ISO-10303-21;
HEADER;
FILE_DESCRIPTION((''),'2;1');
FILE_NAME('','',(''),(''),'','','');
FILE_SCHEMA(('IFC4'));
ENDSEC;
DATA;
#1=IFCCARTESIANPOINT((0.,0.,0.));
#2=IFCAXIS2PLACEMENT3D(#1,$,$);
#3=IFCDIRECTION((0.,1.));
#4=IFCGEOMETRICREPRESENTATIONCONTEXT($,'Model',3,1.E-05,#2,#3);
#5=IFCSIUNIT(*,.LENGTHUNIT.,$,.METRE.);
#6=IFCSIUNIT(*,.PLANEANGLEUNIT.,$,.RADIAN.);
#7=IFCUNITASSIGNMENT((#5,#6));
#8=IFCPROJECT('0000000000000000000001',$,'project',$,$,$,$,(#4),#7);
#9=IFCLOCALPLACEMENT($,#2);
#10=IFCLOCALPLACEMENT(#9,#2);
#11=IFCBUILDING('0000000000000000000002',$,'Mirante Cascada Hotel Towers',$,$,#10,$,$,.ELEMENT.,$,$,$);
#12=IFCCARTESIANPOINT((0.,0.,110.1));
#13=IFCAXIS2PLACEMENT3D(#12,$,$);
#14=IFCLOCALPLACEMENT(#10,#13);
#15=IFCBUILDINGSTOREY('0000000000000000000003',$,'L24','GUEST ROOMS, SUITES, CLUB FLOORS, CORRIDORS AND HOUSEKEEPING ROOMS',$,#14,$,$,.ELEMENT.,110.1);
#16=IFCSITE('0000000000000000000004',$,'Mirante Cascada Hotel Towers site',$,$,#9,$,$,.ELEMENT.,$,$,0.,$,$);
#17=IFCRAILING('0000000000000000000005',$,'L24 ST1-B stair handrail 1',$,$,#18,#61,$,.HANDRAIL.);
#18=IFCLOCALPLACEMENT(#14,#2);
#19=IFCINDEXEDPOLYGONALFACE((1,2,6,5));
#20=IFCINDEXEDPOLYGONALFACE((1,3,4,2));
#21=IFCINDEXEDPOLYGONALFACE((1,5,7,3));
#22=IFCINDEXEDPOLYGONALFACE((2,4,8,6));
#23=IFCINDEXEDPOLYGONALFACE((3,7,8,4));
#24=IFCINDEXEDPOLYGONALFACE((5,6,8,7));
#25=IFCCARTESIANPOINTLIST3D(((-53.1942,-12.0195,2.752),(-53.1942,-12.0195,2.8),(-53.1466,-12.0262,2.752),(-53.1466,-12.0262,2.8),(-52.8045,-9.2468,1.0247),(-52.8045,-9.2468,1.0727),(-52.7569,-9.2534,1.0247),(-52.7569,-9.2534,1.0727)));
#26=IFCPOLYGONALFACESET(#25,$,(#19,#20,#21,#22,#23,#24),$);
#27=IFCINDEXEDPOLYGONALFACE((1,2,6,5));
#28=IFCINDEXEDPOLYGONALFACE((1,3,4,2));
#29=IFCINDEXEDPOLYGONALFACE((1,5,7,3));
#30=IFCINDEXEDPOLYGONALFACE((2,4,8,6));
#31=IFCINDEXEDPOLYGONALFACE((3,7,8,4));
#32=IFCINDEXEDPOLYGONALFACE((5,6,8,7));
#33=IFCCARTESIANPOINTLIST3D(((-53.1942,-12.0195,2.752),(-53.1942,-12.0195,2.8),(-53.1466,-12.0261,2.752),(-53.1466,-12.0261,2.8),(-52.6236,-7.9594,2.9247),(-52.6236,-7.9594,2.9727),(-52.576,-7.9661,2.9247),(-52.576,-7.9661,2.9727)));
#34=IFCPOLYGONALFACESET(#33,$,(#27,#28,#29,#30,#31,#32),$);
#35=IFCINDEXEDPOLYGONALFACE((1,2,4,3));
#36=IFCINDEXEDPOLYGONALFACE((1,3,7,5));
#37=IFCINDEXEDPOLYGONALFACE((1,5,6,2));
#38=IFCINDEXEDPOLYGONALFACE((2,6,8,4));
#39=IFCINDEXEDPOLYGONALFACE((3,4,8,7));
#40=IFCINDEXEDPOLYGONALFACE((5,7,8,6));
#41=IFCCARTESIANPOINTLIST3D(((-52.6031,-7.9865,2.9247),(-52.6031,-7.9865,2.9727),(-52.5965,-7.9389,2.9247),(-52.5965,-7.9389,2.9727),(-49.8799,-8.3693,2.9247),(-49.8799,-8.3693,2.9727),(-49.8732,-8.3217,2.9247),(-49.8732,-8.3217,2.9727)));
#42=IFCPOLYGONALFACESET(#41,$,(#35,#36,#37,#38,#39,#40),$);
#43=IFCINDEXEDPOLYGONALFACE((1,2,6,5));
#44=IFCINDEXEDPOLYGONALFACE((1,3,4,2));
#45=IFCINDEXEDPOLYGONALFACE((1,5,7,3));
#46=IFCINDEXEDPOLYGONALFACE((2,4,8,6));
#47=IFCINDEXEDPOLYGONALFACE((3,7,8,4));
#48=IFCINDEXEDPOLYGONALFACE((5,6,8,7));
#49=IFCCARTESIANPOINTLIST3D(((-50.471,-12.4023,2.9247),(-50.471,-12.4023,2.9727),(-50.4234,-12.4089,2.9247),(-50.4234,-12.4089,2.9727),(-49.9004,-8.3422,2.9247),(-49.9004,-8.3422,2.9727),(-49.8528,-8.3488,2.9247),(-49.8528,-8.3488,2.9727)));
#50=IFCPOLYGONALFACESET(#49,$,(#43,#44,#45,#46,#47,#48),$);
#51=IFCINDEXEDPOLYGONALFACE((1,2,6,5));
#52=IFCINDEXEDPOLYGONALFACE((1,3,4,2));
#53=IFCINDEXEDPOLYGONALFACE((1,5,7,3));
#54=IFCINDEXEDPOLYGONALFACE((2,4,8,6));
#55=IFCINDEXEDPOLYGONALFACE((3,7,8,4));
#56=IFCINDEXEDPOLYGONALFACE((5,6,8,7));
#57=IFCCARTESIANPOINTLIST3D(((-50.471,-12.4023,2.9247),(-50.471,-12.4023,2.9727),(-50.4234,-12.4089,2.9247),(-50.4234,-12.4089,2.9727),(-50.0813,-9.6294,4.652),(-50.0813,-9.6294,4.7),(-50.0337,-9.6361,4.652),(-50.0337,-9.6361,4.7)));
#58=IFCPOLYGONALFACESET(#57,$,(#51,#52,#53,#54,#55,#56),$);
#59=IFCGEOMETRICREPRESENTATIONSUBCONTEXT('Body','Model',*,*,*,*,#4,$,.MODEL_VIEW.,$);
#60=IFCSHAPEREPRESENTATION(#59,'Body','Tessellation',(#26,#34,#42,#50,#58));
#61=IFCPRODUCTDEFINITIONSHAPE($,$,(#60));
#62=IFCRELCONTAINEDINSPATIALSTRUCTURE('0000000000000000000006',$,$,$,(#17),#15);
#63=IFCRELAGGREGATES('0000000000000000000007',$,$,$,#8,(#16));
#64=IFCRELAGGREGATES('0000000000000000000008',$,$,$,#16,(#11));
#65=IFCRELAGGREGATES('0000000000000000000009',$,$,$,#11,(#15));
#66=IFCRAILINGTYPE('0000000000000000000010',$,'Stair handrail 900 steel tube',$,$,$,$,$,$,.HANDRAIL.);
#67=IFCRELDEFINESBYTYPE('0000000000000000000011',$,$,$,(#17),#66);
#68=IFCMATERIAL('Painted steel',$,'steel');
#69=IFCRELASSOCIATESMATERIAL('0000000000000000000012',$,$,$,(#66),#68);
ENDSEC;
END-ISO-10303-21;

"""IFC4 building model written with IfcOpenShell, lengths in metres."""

from ifc_helpers import new_model, si_unit, direction, frame, origin, origin_2d, place, context, subcontext, project, spatial, rectangle, extrude, material, type_object, element, save


model = new_model("IFC4")

# Units and contexts
model_context = context("Model", 3, precision=1e-05, world=origin(), true_north=direction((0.0, 1.0)))
body_context = subcontext(model_context, "Body", "Model", "MODEL_VIEW")
ifc_project = project(units=[si_unit("LENGTHUNIT", "METRE"), si_unit("PLANEANGLEUNIT", "RADIAN")], contexts=[model_context])

# Site, building, storey
site_placement = place(None, origin())
site = spatial("IfcSite", under=ifc_project, at=site_placement, Name="Mirante Cascada Hotel Towers site", CompositionType="ELEMENT", RefElevation=0.0)
building_placement = place(site_placement, origin())
building = spatial("IfcBuilding", under=site, at=building_placement, Name="Mirante Cascada Hotel Towers", CompositionType="ELEMENT")
storey_placement = place(building_placement, frame((0.0, 0.0, 110.1)))
storey = spatial("IfcBuildingStorey", under=building, at=storey_placement, Name="L24", Description="GUEST ROOMS, SUITES, CLUB FLOORS, CORRIDORS AND HOUSEKEEPING ROOMS", CompositionType="ELEMENT", Elevation=110.1)

# Railing
ifc_material_1 = material(Name="Painted steel", Category="steel")
railing_type_1 = type_object("IfcRailingType", Name="Stair handrail 900 steel tube", PredefinedType="HANDRAIL", material=ifc_material_1)
railing_1_placement = place(storey_placement, frame((-52.7807, -9.2501, 0.1727)))
element("IfcRailing", 1, at=railing_1_placement, inside=storey, type_object=railing_type_1, Name="L24 ST1-B stair handrail 1", PredefinedType="HANDRAIL", context=body_context, shape_type="SweptSolid", body=[
    extrude(rectangle(XDim=0.048, YDim=0.048, at=origin_2d()), frame((0.0, 0.0, 0.876), z_axis=(-0.139181, -0.990267, 0.0), x_axis=(0.990267, -0.139181, 0.0)), (0.0, 0.525035, 0.851081), 3.2899),
    extrude(rectangle(XDim=0.048, YDim=0.048, at=origin_2d()), frame((-0.3897, -2.7727, 2.6033), z_axis=(0.139171, 0.990268, 0.0), x_axis=(-0.990268, 0.139171, 0.0)), (0.0, 0.042085, 0.999114), 4.1036),
    extrude(rectangle(XDim=0.048, YDim=0.048, at=origin_2d()), frame((0.1809, 1.2874, 2.776), z_axis=(0.990264, -0.139201, 0.0), x_axis=(0.139201, 0.990264, 0.0)), (0.0, 0.0, 1.0), 2.75),
    extrude(rectangle(XDim=0.048, YDim=0.048, at=origin_2d()), frame((2.9041, 0.9046, 2.776), z_axis=(-0.139171, -0.990268, 0.0), x_axis=(0.990268, -0.139171, 0.0)), (0.0, 0.0, 1.0), 4.1),
    extrude(rectangle(XDim=0.048, YDim=0.048, at=origin_2d()), frame((2.3335, -3.1555, 2.776), z_axis=(0.139176, 0.990268, 0.0), x_axis=(-0.990268, 0.139176, 0.0)), (0.0, 0.525021, 0.851089), 3.29),
])

save(model, "model.ifc")
